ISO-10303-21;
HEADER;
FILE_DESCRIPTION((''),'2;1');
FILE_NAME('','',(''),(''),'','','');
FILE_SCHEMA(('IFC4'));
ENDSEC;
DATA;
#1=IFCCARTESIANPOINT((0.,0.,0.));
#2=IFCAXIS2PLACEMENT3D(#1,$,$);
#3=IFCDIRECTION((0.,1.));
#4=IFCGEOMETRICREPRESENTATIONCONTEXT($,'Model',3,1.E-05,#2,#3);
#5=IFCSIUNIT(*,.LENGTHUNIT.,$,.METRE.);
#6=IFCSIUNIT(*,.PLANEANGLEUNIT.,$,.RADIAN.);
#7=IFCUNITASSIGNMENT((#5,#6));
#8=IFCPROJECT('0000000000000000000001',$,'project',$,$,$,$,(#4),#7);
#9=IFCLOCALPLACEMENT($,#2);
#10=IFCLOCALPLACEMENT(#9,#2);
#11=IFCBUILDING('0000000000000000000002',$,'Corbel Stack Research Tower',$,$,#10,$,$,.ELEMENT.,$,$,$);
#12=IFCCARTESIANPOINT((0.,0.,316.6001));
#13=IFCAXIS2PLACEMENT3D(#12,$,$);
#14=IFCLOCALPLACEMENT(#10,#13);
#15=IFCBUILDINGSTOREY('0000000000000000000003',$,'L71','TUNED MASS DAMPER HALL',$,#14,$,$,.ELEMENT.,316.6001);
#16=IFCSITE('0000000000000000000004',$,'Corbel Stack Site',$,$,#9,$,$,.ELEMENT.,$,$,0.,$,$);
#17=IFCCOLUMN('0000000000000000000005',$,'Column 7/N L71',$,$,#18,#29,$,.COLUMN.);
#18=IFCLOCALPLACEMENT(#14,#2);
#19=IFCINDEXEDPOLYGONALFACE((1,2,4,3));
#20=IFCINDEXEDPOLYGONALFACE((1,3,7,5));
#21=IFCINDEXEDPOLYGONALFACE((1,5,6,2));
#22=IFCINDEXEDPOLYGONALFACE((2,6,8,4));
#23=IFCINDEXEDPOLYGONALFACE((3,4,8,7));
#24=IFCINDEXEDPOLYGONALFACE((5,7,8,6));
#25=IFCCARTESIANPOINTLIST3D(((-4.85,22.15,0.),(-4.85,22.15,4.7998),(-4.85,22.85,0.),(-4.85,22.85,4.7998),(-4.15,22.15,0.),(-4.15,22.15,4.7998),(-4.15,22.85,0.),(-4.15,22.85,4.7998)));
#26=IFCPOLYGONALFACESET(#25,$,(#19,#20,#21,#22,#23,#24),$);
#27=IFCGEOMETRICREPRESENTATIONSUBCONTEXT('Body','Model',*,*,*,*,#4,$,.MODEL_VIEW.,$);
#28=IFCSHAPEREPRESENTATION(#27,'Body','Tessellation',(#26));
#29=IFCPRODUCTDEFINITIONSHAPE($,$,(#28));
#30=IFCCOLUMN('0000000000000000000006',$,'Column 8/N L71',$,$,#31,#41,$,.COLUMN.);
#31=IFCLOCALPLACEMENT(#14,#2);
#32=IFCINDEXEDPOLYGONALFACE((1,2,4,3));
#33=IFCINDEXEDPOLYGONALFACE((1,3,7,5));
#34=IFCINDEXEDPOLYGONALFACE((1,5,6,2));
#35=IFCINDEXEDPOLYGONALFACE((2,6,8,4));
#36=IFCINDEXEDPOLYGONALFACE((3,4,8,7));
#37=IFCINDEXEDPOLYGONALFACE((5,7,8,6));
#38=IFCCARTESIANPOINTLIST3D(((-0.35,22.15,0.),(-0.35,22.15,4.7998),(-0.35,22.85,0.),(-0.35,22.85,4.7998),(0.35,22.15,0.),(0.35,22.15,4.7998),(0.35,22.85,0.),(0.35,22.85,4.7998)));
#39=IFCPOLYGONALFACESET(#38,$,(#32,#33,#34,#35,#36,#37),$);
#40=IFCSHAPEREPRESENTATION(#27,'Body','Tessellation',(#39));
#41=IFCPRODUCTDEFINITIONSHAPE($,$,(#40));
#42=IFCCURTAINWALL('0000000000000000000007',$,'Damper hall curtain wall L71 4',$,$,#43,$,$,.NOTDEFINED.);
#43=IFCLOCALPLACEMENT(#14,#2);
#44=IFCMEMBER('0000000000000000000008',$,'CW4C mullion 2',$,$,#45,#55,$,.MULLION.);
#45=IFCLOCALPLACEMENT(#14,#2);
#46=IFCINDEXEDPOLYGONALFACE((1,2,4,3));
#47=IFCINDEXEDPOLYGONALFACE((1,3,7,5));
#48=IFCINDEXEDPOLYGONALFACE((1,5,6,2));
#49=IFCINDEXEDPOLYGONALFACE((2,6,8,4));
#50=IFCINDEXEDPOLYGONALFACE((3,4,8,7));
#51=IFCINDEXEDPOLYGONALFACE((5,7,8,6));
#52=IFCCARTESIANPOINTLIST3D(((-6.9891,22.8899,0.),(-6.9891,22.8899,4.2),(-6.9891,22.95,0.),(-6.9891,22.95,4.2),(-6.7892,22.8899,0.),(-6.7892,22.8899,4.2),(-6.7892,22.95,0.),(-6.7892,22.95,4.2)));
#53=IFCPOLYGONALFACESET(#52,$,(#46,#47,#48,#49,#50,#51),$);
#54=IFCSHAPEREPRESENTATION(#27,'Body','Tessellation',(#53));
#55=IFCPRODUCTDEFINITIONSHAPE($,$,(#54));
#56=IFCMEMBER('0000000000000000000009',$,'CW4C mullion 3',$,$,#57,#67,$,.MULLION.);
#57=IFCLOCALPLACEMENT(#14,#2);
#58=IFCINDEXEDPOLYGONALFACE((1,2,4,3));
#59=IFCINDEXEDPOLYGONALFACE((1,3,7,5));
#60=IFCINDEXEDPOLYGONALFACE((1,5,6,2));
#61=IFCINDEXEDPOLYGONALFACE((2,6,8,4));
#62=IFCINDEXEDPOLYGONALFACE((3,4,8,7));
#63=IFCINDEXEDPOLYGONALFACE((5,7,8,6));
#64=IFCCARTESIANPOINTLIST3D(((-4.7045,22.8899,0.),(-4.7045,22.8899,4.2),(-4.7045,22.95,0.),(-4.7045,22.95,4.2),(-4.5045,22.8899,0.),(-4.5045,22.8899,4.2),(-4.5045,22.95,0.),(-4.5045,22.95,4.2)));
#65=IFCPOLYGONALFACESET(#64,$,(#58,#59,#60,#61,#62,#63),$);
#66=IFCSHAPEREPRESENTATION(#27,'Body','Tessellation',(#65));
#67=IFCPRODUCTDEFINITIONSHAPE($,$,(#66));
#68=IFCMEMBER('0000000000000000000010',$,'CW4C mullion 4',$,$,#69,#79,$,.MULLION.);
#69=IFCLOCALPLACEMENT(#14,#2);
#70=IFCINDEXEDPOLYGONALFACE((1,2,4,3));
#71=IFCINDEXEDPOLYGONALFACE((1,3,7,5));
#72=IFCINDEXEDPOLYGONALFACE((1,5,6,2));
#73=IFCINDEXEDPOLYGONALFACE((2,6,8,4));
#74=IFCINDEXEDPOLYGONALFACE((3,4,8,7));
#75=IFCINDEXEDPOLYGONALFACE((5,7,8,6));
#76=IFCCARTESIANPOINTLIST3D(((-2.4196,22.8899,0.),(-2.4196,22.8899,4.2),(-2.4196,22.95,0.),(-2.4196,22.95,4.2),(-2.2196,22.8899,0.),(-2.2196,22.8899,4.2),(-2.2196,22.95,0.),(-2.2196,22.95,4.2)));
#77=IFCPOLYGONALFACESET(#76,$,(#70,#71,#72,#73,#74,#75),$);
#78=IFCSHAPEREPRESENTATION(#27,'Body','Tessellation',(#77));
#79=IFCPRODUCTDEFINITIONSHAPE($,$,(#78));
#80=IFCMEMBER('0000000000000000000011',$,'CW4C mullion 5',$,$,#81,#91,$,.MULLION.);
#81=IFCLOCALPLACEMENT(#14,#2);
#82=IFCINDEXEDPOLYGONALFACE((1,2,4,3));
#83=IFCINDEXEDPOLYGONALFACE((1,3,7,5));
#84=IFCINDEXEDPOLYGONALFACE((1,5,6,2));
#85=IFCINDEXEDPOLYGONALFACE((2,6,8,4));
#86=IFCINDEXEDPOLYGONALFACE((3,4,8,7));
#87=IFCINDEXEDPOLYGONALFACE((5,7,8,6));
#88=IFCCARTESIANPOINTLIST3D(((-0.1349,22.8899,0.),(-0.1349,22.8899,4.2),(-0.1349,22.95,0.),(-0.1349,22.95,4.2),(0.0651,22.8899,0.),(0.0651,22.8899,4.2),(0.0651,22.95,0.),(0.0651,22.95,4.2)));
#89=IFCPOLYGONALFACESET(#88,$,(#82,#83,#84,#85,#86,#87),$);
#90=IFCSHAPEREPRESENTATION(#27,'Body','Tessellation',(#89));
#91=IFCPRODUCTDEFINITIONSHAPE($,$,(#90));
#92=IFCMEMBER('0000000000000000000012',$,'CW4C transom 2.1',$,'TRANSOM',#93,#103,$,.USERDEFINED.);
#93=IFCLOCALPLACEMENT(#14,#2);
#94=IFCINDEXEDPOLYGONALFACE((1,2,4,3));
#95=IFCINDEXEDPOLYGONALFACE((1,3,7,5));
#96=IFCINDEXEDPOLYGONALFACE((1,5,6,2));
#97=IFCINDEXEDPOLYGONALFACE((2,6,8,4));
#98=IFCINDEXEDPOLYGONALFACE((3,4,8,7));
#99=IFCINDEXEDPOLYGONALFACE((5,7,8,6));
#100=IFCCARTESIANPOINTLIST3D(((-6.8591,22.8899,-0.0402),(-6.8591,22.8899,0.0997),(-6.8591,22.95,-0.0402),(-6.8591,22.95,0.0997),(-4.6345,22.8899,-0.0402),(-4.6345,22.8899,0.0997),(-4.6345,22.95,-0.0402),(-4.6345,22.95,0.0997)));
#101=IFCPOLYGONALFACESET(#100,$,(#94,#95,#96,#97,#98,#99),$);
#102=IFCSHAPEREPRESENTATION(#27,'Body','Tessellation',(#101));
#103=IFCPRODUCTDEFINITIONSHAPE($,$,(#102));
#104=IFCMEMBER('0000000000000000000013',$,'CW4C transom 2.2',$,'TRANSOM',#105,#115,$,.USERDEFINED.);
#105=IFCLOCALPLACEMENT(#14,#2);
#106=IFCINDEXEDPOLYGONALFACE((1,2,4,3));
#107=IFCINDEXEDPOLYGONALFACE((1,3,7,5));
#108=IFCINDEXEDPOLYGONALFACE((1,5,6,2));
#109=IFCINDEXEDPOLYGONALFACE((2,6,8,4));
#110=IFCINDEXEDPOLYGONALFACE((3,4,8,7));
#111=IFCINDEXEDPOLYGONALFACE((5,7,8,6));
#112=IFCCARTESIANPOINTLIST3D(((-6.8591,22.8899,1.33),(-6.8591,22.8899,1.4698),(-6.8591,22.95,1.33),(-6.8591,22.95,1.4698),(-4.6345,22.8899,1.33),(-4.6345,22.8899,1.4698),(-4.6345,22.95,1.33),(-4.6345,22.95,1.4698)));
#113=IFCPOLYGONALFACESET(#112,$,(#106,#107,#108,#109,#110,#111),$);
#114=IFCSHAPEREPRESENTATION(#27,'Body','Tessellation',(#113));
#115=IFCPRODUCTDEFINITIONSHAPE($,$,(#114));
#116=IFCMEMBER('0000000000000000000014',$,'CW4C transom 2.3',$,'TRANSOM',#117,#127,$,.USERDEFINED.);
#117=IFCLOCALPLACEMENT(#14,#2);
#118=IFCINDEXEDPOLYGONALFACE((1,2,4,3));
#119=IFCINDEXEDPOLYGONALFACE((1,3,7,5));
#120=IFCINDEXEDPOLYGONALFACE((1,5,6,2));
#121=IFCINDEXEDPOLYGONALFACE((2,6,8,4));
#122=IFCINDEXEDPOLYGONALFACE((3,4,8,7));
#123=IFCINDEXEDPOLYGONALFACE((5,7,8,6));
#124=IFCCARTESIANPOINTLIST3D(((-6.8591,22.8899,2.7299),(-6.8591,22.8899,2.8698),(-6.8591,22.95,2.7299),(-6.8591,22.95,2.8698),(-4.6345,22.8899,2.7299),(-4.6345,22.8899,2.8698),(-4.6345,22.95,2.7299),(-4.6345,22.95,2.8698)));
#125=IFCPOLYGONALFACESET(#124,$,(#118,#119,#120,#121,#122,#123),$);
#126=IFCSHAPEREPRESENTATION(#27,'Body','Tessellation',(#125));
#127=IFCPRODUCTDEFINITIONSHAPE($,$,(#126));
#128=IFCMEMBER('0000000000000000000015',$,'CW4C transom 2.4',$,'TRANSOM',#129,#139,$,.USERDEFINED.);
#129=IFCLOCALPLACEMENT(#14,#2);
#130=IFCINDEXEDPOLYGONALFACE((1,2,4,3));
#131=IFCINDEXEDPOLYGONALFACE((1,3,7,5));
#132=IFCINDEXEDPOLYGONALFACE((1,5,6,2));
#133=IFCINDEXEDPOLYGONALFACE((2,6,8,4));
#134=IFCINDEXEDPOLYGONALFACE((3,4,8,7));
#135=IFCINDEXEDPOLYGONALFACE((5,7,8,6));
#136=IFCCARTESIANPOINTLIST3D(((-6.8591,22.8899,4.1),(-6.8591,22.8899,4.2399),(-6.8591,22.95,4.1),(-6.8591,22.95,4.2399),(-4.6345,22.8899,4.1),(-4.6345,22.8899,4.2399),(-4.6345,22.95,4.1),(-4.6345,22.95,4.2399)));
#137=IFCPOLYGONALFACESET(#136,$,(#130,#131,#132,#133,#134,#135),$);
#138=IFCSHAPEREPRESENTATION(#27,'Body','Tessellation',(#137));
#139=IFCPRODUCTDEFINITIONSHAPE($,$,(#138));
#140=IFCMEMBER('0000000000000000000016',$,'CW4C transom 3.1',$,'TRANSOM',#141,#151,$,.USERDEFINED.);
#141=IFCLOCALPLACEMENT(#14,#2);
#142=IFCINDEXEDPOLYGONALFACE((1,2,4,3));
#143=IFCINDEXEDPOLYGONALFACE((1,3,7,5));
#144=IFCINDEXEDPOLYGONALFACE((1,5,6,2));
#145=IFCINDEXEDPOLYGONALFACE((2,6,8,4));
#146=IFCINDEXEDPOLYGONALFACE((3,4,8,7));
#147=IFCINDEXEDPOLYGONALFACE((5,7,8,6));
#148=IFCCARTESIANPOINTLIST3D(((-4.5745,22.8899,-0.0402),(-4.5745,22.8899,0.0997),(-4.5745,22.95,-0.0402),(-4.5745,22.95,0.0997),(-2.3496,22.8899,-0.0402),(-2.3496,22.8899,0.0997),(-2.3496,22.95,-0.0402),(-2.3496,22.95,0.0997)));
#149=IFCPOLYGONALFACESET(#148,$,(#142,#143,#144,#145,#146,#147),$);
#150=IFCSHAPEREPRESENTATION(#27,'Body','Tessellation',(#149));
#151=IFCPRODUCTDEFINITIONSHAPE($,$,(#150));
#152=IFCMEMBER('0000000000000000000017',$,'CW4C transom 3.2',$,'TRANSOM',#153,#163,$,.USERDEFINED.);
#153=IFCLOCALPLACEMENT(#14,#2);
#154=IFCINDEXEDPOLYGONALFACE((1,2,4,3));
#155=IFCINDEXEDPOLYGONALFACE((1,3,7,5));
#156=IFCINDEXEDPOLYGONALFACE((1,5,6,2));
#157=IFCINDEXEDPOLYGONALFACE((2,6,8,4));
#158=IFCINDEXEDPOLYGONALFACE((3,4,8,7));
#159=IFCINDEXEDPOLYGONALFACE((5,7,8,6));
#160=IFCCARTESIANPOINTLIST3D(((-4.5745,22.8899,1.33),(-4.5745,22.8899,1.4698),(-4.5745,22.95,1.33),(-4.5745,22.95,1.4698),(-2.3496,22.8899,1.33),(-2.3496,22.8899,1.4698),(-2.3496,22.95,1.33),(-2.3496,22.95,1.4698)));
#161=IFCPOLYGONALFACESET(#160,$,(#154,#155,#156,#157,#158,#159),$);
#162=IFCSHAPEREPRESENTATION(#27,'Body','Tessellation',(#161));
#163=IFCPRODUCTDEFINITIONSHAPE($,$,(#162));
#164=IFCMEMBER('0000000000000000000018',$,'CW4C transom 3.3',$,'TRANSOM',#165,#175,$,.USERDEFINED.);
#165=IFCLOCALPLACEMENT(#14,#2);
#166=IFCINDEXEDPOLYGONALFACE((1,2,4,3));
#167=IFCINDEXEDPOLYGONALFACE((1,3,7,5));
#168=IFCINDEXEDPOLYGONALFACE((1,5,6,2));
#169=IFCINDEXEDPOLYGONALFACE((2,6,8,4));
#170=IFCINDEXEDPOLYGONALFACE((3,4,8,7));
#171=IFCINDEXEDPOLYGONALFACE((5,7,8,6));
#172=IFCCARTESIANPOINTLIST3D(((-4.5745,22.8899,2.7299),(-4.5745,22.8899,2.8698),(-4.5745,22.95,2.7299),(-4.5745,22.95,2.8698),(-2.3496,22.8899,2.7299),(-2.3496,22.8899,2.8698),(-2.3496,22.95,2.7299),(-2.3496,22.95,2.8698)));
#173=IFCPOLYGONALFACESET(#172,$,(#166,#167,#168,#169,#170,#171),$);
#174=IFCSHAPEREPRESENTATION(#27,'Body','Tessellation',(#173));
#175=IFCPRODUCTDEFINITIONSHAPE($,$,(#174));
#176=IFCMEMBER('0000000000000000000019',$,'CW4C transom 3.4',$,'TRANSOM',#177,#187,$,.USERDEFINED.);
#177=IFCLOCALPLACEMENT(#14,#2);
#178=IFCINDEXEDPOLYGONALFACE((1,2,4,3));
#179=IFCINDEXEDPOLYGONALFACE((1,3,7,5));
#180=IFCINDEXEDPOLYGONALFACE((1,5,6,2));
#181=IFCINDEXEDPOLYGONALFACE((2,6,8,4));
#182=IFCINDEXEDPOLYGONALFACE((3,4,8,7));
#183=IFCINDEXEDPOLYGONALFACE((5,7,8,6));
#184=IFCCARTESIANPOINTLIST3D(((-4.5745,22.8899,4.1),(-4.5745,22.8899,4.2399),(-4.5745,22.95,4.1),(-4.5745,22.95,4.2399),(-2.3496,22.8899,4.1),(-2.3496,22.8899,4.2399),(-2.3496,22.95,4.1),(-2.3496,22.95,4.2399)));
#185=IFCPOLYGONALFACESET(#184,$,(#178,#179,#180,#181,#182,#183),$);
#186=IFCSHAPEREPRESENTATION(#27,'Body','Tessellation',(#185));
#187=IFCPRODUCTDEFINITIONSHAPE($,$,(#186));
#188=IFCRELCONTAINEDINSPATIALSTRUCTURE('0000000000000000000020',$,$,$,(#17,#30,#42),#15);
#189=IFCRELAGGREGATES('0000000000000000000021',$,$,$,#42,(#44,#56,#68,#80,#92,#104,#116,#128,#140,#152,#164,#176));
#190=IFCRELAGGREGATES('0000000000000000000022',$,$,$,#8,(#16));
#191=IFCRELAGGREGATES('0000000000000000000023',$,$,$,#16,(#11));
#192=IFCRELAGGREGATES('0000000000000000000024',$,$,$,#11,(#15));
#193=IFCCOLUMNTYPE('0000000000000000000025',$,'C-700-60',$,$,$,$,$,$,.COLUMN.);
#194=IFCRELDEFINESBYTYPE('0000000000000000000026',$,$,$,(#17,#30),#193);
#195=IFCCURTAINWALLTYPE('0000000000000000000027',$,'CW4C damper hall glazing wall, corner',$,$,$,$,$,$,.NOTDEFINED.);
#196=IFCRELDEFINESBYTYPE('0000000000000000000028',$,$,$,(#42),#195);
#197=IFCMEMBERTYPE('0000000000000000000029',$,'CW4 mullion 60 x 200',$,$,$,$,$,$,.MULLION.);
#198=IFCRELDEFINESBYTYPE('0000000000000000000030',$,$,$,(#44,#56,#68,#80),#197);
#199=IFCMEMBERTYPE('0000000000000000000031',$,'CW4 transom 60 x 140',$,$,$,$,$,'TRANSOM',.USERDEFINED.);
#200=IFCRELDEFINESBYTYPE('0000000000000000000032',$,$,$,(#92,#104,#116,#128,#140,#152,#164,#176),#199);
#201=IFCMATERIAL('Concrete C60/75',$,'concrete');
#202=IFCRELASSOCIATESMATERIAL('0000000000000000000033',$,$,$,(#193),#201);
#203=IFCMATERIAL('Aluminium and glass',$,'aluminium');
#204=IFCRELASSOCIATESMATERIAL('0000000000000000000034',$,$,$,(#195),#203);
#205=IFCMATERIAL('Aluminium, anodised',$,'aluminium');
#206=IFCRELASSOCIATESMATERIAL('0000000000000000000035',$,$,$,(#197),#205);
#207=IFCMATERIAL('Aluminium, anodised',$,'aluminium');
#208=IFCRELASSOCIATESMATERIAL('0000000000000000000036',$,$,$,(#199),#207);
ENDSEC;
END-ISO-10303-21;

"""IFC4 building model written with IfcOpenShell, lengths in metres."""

from ifc_helpers import new_model, si_unit, direction, frame, origin, origin_2d, place, context, subcontext, project, spatial, rectangle, extrude, material, material_profile, profile_set, type_object, element, aggregate, save


model = new_model("IFC4")

# Units and contexts
model_context = context("Model", 3, precision=1e-05, world=origin(), true_north=direction((0.0, 1.0)))
body_context = subcontext(model_context, "Body", "Model", "MODEL_VIEW")
ifc_project = project(units=[si_unit("LENGTHUNIT", "METRE"), si_unit("PLANEANGLEUNIT", "RADIAN")], contexts=[model_context])

# Site, building, storey
site_placement = place(None, origin())
site = spatial("IfcSite", under=ifc_project, at=site_placement, Name="Corbel Stack Site", CompositionType="ELEMENT", RefElevation=0.0)
building_placement = place(site_placement, origin())
building = spatial("IfcBuilding", under=site, at=building_placement, Name="Corbel Stack Research Tower", CompositionType="ELEMENT")
storey_placement = place(building_placement, frame((0.0, 0.0, 316.6001)))
storey = spatial("IfcBuildingStorey", under=building, at=storey_placement, Name="L71", Description="TUNED MASS DAMPER HALL", CompositionType="ELEMENT", Elevation=316.6001)

# Columns
ifc_material_1 = material(Name="Concrete C60/75", Category="concrete")
ifc_material_profile_1 = material_profile(ifc_material_1, rectangle(XDim=0.7, YDim=0.7, at=origin_2d()), Name="RC 700 x 700")
ifc_profile_set_1 = profile_set([ifc_material_profile_1], Name="Concrete C60/75")
column_type = type_object("IfcColumnType", Name="C-700-60", PredefinedType="COLUMN", material=ifc_profile_set_1)
for number, where, z_axis, x_axis, name in (
    (1, (-4.5, 22.5, 0.0), (0.0, 0.0, 1.0), (1.0, 0.0, 0.0), "Column 7/N L71"),
    (2, (0.0, 22.5, 0.0), (0.0, 0.0, 1.0), (1.0, 0.0, 0.0), "Column 8/N L71"),
):
    element("IfcColumn", number, at=place(storey_placement, frame(where, z_axis=z_axis, x_axis=x_axis)), inside=storey, type_object=column_type, Name=name, PredefinedType="COLUMN", context=body_context, shape_type="SweptSolid", body=[
        extrude(rectangle(XDim=0.7, YDim=0.7, at=origin_2d()), origin(), (0.0, 0.0, 1.0), 4.7998),
    ])

# Curtain wall, members
ifc_material_2 = material(Name="Aluminium and glass", Category="aluminium")
curtain_wall_type = type_object("IfcCurtainWallType", Name="CW4C damper hall glazing wall, corner", PredefinedType="NOTDEFINED", material=ifc_material_2)
curtain_wall_placement = place(storey_placement, origin())
curtain_wall = element("IfcCurtainWall", 3, at=curtain_wall_placement, inside=storey, type_object=curtain_wall_type, Name="Damper hall curtain wall L71 4", PredefinedType="NOTDEFINED")
ifc_material_3 = material(Name="Aluminium, anodised", Category="aluminium")
ifc_material_profile_2 = material_profile(ifc_material_3, rectangle(XDim=0.0601, YDim=0.2, at=origin_2d()), Name="CW4 mullion 60 x 200")
ifc_profile_set_2 = profile_set([ifc_material_profile_2], Name="Aluminium, anodised")
member_type_1 = type_object("IfcMemberType", Name="CW4 mullion 60 x 200", PredefinedType="MULLION", material=ifc_profile_set_2)
member_1_placement = place(storey_placement, frame((-6.8892, 22.9199, 0.0), z_axis=(0.0, 0.0, 1.0), x_axis=(0.0, 1.0, 0.0)))
member_1 = element("IfcMember", 4, at=member_1_placement, type_object=member_type_1, Name="CW4C mullion 2", PredefinedType="MULLION", context=body_context, shape_type="SweptSolid", body=[
    extrude(rectangle(XDim=0.0601, YDim=0.2, at=origin_2d()), origin(), (0.0, 0.0, 1.0), 4.2),
])
member_2_placement = place(storey_placement, frame((-4.6045, 22.9199, 0.0), z_axis=(0.0, 0.0, 1.0), x_axis=(0.0, 1.0, 0.0)))
member_2 = element("IfcMember", 5, at=member_2_placement, type_object=member_type_1, Name="CW4C mullion 3", PredefinedType="MULLION", context=body_context, shape_type="SweptSolid", body=[
    extrude(rectangle(XDim=0.0601, YDim=0.2, at=origin_2d()), origin(), (0.0, 0.0, 1.0), 4.2),
])
member_3_placement = place(storey_placement, frame((-2.3196, 22.9199, 0.0), z_axis=(0.0, 0.0, 1.0), x_axis=(0.0, 1.0, 0.0)))
member_3 = element("IfcMember", 6, at=member_3_placement, type_object=member_type_1, Name="CW4C mullion 4", PredefinedType="MULLION", context=body_context, shape_type="SweptSolid", body=[
    extrude(rectangle(XDim=0.0601, YDim=0.2, at=origin_2d()), origin(), (0.0, 0.0, 1.0), 4.2),
])
member_4_placement = place(storey_placement, frame((-0.0349, 22.9199, 0.0), z_axis=(0.0, 0.0, 1.0), x_axis=(0.0, 1.0, 0.0)))
member_4 = element("IfcMember", 7, at=member_4_placement, type_object=member_type_1, Name="CW4C mullion 5", PredefinedType="MULLION", context=body_context, shape_type="SweptSolid", body=[
    extrude(rectangle(XDim=0.0601, YDim=0.2, at=origin_2d()), origin(), (0.0, 0.0, 1.0), 4.2),
])
ifc_material_4 = material(Name="Aluminium, anodised", Category="aluminium")
ifc_material_profile_3 = material_profile(ifc_material_4, rectangle(XDim=0.0601, YDim=0.1399, at=origin_2d()), Name="CW4 transom 60 x 140")
ifc_profile_set_3 = profile_set([ifc_material_profile_3], Name="Aluminium, anodised")
member_type_2 = type_object("IfcMemberType", Name="CW4 transom 60 x 140", ElementType="TRANSOM", PredefinedType="USERDEFINED", material=ifc_profile_set_3)
member_5_placement = place(storey_placement, frame((-6.8591, 22.9199, 0.0298), z_axis=(1.0, 0.0, 0.0), x_axis=(0.0, 1.0, 0.0)))
member_5 = element("IfcMember", 8, at=member_5_placement, type_object=member_type_2, Name="CW4C transom 2.1", ObjectType="TRANSOM", PredefinedType="USERDEFINED", context=body_context, shape_type="SweptSolid", body=[
    extrude(rectangle(XDim=0.0601, YDim=0.1399, at=origin_2d()), origin(), (0.0, 0.0, 1.0), 2.2246),
])
member_6_placement = place(storey_placement, frame((-6.8591, 22.9199, 1.3999), z_axis=(1.0, 0.0, 0.0), x_axis=(0.0, 1.0, 0.0)))
member_6 = element("IfcMember", 9, at=member_6_placement, type_object=member_type_2, Name="CW4C transom 2.2", ObjectType="TRANSOM", PredefinedType="USERDEFINED", context=body_context, shape_type="SweptSolid", body=[
    extrude(rectangle(XDim=0.0601, YDim=0.1399, at=origin_2d()), origin(), (0.0, 0.0, 1.0), 2.2246),
])
member_7_placement = place(storey_placement, frame((-6.8591, 22.9199, 2.7998), z_axis=(1.0, 0.0, 0.0), x_axis=(0.0, 1.0, 0.0)))
member_7 = element("IfcMember", 10, at=member_7_placement, type_object=member_type_2, Name="CW4C transom 2.3", ObjectType="TRANSOM", PredefinedType="USERDEFINED", context=body_context, shape_type="SweptSolid", body=[
    extrude(rectangle(XDim=0.0601, YDim=0.1399, at=origin_2d()), origin(), (0.0, 0.0, 1.0), 2.2246),
])
member_8_placement = place(storey_placement, frame((-6.8591, 22.9199, 4.1699), z_axis=(1.0, 0.0, 0.0), x_axis=(0.0, 1.0, 0.0)))
member_8 = element("IfcMember", 11, at=member_8_placement, type_object=member_type_2, Name="CW4C transom 2.4", ObjectType="TRANSOM", PredefinedType="USERDEFINED", context=body_context, shape_type="SweptSolid", body=[
    extrude(rectangle(XDim=0.0601, YDim=0.1399, at=origin_2d()), origin(), (0.0, 0.0, 1.0), 2.2246),
])
member_9_placement = place(storey_placement, frame((-4.5745, 22.9199, 0.0298), z_axis=(1.0, 0.0, 0.0), x_axis=(0.0, 1.0, 0.0)))
member_9 = element("IfcMember", 12, at=member_9_placement, type_object=member_type_2, Name="CW4C transom 3.1", ObjectType="TRANSOM", PredefinedType="USERDEFINED", context=body_context, shape_type="SweptSolid", body=[
    extrude(rectangle(XDim=0.0601, YDim=0.1399, at=origin_2d()), origin(), (0.0, 0.0, 1.0), 2.2249),
])
member_10_placement = place(storey_placement, frame((-4.5745, 22.9199, 1.3999), z_axis=(1.0, 0.0, 0.0), x_axis=(0.0, 1.0, 0.0)))
member_10 = element("IfcMember", 13, at=member_10_placement, type_object=member_type_2, Name="CW4C transom 3.2", ObjectType="TRANSOM", PredefinedType="USERDEFINED", context=body_context, shape_type="SweptSolid", body=[
    extrude(rectangle(XDim=0.0601, YDim=0.1399, at=origin_2d()), origin(), (0.0, 0.0, 1.0), 2.2249),
])
member_11_placement = place(storey_placement, frame((-4.5745, 22.9199, 2.7998), z_axis=(1.0, 0.0, 0.0), x_axis=(0.0, 1.0, 0.0)))
member_11 = element("IfcMember", 14, at=member_11_placement, type_object=member_type_2, Name="CW4C transom 3.3", ObjectType="TRANSOM", PredefinedType="USERDEFINED", context=body_context, shape_type="SweptSolid", body=[
    extrude(rectangle(XDim=0.0601, YDim=0.1399, at=origin_2d()), origin(), (0.0, 0.0, 1.0), 2.2249),
])
member_12_placement = place(storey_placement, frame((-4.5745, 22.9199, 4.1699), z_axis=(1.0, 0.0, 0.0), x_axis=(0.0, 1.0, 0.0)))
member_12 = element("IfcMember", 15, at=member_12_placement, type_object=member_type_2, Name="CW4C transom 3.4", ObjectType="TRANSOM", PredefinedType="USERDEFINED", context=body_context, shape_type="SweptSolid", body=[
    extrude(rectangle(XDim=0.0601, YDim=0.1399, at=origin_2d()), origin(), (0.0, 0.0, 1.0), 2.2249),
])

aggregate(curtain_wall, [member_1, member_2, member_3, member_4, member_5, member_6, member_7, member_8, member_9, member_10, member_11, member_12])

save(model, "model.ifc")
